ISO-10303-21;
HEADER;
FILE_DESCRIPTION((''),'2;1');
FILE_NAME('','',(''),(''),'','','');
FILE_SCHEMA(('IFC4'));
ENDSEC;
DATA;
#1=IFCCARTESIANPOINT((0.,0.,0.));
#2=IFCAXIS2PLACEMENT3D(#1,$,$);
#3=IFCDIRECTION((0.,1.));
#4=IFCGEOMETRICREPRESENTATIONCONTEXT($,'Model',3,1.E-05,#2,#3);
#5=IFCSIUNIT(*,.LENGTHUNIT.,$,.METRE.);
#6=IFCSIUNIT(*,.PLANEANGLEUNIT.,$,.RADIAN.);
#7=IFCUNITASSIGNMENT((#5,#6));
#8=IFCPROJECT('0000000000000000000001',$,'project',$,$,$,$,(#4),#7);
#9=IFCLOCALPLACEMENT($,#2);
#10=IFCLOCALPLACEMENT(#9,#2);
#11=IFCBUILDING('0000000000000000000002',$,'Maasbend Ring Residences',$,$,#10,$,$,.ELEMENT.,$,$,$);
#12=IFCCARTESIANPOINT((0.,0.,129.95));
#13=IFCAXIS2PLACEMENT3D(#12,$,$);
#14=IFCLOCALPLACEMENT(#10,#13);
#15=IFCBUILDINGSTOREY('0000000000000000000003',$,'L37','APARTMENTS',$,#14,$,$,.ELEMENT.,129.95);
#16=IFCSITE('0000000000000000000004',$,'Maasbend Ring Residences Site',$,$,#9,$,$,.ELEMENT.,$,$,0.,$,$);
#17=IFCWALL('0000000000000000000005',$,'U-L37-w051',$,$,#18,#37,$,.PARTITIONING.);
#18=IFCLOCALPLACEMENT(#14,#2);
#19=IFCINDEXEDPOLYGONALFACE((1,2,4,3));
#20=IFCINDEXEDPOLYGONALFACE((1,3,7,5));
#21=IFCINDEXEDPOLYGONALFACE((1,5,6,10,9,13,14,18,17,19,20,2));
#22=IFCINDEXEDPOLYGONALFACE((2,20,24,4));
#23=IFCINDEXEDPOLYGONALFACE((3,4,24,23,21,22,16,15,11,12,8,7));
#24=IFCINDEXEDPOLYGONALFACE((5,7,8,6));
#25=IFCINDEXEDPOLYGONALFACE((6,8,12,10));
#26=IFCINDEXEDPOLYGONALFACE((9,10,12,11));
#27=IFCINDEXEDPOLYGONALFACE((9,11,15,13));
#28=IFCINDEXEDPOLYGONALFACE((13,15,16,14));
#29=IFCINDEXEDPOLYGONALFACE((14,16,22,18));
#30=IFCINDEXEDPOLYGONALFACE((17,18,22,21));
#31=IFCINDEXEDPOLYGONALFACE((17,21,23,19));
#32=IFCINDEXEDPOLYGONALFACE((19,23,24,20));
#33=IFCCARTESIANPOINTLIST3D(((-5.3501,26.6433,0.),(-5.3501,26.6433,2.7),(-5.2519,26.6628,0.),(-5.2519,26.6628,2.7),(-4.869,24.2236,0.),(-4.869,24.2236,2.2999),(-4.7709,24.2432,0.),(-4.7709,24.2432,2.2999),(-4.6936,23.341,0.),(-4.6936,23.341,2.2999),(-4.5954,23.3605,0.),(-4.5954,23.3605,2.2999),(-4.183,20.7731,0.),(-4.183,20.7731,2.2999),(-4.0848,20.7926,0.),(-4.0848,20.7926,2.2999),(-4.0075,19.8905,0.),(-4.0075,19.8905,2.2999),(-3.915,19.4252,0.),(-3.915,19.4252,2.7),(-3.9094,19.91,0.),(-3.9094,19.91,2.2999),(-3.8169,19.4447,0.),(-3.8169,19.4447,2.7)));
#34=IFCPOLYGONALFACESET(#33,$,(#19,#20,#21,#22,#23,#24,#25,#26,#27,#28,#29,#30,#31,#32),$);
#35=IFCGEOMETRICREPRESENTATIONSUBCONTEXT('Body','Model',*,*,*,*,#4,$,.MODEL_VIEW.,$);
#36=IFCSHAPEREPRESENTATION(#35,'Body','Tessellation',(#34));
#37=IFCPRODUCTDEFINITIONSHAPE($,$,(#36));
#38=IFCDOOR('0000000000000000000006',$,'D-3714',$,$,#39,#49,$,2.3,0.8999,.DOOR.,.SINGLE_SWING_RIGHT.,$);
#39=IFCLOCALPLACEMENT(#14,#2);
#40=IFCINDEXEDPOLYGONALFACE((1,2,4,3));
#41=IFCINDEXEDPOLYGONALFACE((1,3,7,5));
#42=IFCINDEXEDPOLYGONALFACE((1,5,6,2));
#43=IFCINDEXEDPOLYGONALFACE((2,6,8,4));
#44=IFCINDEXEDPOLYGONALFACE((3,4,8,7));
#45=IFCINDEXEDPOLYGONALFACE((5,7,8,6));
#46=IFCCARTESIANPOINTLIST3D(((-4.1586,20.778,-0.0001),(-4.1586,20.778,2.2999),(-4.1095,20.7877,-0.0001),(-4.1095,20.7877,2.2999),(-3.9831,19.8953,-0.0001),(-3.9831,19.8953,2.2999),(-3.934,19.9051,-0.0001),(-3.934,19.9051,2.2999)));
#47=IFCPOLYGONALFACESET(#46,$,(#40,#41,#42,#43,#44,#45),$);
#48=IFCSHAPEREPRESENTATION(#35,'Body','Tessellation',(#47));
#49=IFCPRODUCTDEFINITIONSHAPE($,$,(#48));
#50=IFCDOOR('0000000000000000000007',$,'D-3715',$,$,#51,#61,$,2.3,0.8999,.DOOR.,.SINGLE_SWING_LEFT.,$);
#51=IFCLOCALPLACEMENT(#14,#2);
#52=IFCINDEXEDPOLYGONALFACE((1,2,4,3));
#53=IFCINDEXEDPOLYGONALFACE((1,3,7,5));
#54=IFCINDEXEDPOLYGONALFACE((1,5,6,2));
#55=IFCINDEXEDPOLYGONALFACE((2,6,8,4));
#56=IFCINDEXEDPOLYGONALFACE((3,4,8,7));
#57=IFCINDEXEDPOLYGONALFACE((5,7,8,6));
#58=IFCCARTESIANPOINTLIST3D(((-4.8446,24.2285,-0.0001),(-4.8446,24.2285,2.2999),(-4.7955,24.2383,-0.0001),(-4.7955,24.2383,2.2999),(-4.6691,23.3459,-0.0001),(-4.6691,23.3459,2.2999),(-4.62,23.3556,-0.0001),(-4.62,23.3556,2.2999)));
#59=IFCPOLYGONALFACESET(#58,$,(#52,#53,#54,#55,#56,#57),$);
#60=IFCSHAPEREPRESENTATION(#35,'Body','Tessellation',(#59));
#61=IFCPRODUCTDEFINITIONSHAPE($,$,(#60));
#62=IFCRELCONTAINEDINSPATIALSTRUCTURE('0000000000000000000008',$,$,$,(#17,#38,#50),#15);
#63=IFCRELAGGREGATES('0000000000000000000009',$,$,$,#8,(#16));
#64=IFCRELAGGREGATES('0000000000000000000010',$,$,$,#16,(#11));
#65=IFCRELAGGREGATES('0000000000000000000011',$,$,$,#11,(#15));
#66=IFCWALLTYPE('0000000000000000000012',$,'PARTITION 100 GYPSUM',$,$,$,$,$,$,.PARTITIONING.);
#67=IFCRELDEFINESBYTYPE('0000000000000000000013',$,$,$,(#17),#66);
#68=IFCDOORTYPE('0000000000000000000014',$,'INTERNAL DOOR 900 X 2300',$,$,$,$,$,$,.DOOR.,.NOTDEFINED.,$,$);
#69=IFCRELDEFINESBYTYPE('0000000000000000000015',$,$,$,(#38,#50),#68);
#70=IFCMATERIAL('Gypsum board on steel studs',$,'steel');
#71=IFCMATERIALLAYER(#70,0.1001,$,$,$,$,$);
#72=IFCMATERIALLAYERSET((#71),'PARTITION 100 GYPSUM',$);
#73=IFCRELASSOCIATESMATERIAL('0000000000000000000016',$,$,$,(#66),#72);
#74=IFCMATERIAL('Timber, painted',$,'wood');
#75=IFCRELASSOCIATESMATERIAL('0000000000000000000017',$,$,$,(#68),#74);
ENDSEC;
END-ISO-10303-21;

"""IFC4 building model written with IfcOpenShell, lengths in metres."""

from ifc_helpers import new_model, si_unit, direction, frame, frame_2d, origin, place, context, subcontext, project, spatial, rectangle, extrude, material, layer, layer_set, type_object, element, fill, save


model = new_model("IFC4")

# Units and contexts
model_context = context("Model", 3, precision=1e-05, world=origin(), true_north=direction((0.0, 1.0)))
body_context = subcontext(model_context, "Body", "Model", "MODEL_VIEW")
ifc_project = project(units=[si_unit("LENGTHUNIT", "METRE"), si_unit("PLANEANGLEUNIT", "RADIAN")], contexts=[model_context])

# Site, building, storey
site_placement = place(None, origin())
site = spatial("IfcSite", under=ifc_project, at=site_placement, Name="Maasbend Ring Residences Site", CompositionType="ELEMENT", RefElevation=0.0)
building_placement = place(site_placement, origin())
building = spatial("IfcBuilding", under=site, at=building_placement, Name="Maasbend Ring Residences", CompositionType="ELEMENT")
storey_placement = place(building_placement, frame((0.0, 0.0, 129.95)))
storey = spatial("IfcBuildingStorey", under=building, at=storey_placement, Name="L37", Description="APARTMENTS", CompositionType="ELEMENT", Elevation=129.95)

# Shared definitions
ifc_material_1 = material(Name="Gypsum board on steel studs", Category="steel")
ifc_layer_1 = layer(ifc_material_1, 0.1001)
ifc_layer_set_1 = layer_set([ifc_layer_1], Name="PARTITION 100 GYPSUM")
wall_type_1 = type_object("IfcWallType", Name="PARTITION 100 GYPSUM", PredefinedType="PARTITIONING", material=ifc_layer_set_1)
ifc_material_2 = material(Name="Timber, painted", Category="wood")
door_type_1 = type_object("IfcDoorType", Name="INTERNAL DOOR 900 X 2300", OperationType="NOTDEFINED", PredefinedType="DOOR", material=ifc_material_2)

# Wall, openings, doors
wall_1_placement = place(storey_placement, frame((-5.301, 26.6531, 0.0), z_axis=(0.0, 0.0, 1.0), x_axis=(0.195, -0.980803, 0.0)))
wall_1 = element("IfcWall", 1, at=wall_1_placement, inside=storey, type_object=wall_type_1, Name="U-L37-w051", PredefinedType="PARTITIONING", context=body_context, shape_type="SweptSolid", body=[
    extrude(rectangle(XDim=7.3594, YDim=0.1001, at=frame_2d((3.6797, 0.0))), origin(), (0.0, 0.0, 1.0), 2.7),
])
opening_1_placement = place(wall_1_placement, frame((5.9851, 0.0, 0.0)))
opening_1 = element("IfcOpeningElement", 2, at=opening_1_placement, cuts=wall_1, PredefinedType="OPENING", context=body_context, shape_type="SweptSolid", body=[
    extrude(rectangle(XDim=0.8999, YDim=2.3, at=frame_2d((0.45, 1.1499))), frame((0.0, 0.0601, 0.0), z_axis=(0.0, -1.0, 0.0), x_axis=(1.0, 0.0, 0.0)), (0.0, 0.0, 1.0), 0.1201),
])
opening_2_placement = place(wall_1_placement, frame((2.467, 0.0, 0.0)))
opening_2 = element("IfcOpeningElement", 3, at=opening_2_placement, cuts=wall_1, PredefinedType="OPENING", context=body_context, shape_type="SweptSolid", body=[
    extrude(rectangle(XDim=0.8999, YDim=2.3, at=frame_2d((0.45, 1.1499))), frame((0.0, 0.0601, 0.0), z_axis=(0.0, -1.0, 0.0), x_axis=(1.0, 0.0, 0.0)), (0.0, 0.0, 1.0), 0.1201),
])
door_1_placement = place(opening_1_placement, origin())
door_1 = element("IfcDoor", 4, at=door_1_placement, inside=storey, type_object=door_type_1, Name="D-3714", OperationType="SINGLE_SWING_RIGHT", OverallHeight=2.3, OverallWidth=0.8999, PredefinedType="DOOR", context=body_context, shape_type="SweptSolid", body=[
    extrude(rectangle(XDim=0.8999, YDim=2.3, at=frame_2d((0.45, 1.1499))), frame((0.0, 0.0249, 0.0), z_axis=(0.0, -1.0, 0.0), x_axis=(1.0, 0.0, 0.0)), (0.0, 0.0, 1.0), 0.05),
])
fill(opening_1, door_1)
door_2_placement = place(opening_2_placement, origin())
door_2 = element("IfcDoor", 5, at=door_2_placement, inside=storey, type_object=door_type_1, Name="D-3715", OperationType="SINGLE_SWING_LEFT", OverallHeight=2.3, OverallWidth=0.8999, PredefinedType="DOOR", context=body_context, shape_type="SweptSolid", body=[
    extrude(rectangle(XDim=0.8999, YDim=2.3, at=frame_2d((0.45, 1.1499))), frame((0.0, 0.0249, 0.0), z_axis=(0.0, -1.0, 0.0), x_axis=(1.0, 0.0, 0.0)), (0.0, 0.0, 1.0), 0.05),
])
fill(opening_2, door_2)

save(model, "model.ifc")
